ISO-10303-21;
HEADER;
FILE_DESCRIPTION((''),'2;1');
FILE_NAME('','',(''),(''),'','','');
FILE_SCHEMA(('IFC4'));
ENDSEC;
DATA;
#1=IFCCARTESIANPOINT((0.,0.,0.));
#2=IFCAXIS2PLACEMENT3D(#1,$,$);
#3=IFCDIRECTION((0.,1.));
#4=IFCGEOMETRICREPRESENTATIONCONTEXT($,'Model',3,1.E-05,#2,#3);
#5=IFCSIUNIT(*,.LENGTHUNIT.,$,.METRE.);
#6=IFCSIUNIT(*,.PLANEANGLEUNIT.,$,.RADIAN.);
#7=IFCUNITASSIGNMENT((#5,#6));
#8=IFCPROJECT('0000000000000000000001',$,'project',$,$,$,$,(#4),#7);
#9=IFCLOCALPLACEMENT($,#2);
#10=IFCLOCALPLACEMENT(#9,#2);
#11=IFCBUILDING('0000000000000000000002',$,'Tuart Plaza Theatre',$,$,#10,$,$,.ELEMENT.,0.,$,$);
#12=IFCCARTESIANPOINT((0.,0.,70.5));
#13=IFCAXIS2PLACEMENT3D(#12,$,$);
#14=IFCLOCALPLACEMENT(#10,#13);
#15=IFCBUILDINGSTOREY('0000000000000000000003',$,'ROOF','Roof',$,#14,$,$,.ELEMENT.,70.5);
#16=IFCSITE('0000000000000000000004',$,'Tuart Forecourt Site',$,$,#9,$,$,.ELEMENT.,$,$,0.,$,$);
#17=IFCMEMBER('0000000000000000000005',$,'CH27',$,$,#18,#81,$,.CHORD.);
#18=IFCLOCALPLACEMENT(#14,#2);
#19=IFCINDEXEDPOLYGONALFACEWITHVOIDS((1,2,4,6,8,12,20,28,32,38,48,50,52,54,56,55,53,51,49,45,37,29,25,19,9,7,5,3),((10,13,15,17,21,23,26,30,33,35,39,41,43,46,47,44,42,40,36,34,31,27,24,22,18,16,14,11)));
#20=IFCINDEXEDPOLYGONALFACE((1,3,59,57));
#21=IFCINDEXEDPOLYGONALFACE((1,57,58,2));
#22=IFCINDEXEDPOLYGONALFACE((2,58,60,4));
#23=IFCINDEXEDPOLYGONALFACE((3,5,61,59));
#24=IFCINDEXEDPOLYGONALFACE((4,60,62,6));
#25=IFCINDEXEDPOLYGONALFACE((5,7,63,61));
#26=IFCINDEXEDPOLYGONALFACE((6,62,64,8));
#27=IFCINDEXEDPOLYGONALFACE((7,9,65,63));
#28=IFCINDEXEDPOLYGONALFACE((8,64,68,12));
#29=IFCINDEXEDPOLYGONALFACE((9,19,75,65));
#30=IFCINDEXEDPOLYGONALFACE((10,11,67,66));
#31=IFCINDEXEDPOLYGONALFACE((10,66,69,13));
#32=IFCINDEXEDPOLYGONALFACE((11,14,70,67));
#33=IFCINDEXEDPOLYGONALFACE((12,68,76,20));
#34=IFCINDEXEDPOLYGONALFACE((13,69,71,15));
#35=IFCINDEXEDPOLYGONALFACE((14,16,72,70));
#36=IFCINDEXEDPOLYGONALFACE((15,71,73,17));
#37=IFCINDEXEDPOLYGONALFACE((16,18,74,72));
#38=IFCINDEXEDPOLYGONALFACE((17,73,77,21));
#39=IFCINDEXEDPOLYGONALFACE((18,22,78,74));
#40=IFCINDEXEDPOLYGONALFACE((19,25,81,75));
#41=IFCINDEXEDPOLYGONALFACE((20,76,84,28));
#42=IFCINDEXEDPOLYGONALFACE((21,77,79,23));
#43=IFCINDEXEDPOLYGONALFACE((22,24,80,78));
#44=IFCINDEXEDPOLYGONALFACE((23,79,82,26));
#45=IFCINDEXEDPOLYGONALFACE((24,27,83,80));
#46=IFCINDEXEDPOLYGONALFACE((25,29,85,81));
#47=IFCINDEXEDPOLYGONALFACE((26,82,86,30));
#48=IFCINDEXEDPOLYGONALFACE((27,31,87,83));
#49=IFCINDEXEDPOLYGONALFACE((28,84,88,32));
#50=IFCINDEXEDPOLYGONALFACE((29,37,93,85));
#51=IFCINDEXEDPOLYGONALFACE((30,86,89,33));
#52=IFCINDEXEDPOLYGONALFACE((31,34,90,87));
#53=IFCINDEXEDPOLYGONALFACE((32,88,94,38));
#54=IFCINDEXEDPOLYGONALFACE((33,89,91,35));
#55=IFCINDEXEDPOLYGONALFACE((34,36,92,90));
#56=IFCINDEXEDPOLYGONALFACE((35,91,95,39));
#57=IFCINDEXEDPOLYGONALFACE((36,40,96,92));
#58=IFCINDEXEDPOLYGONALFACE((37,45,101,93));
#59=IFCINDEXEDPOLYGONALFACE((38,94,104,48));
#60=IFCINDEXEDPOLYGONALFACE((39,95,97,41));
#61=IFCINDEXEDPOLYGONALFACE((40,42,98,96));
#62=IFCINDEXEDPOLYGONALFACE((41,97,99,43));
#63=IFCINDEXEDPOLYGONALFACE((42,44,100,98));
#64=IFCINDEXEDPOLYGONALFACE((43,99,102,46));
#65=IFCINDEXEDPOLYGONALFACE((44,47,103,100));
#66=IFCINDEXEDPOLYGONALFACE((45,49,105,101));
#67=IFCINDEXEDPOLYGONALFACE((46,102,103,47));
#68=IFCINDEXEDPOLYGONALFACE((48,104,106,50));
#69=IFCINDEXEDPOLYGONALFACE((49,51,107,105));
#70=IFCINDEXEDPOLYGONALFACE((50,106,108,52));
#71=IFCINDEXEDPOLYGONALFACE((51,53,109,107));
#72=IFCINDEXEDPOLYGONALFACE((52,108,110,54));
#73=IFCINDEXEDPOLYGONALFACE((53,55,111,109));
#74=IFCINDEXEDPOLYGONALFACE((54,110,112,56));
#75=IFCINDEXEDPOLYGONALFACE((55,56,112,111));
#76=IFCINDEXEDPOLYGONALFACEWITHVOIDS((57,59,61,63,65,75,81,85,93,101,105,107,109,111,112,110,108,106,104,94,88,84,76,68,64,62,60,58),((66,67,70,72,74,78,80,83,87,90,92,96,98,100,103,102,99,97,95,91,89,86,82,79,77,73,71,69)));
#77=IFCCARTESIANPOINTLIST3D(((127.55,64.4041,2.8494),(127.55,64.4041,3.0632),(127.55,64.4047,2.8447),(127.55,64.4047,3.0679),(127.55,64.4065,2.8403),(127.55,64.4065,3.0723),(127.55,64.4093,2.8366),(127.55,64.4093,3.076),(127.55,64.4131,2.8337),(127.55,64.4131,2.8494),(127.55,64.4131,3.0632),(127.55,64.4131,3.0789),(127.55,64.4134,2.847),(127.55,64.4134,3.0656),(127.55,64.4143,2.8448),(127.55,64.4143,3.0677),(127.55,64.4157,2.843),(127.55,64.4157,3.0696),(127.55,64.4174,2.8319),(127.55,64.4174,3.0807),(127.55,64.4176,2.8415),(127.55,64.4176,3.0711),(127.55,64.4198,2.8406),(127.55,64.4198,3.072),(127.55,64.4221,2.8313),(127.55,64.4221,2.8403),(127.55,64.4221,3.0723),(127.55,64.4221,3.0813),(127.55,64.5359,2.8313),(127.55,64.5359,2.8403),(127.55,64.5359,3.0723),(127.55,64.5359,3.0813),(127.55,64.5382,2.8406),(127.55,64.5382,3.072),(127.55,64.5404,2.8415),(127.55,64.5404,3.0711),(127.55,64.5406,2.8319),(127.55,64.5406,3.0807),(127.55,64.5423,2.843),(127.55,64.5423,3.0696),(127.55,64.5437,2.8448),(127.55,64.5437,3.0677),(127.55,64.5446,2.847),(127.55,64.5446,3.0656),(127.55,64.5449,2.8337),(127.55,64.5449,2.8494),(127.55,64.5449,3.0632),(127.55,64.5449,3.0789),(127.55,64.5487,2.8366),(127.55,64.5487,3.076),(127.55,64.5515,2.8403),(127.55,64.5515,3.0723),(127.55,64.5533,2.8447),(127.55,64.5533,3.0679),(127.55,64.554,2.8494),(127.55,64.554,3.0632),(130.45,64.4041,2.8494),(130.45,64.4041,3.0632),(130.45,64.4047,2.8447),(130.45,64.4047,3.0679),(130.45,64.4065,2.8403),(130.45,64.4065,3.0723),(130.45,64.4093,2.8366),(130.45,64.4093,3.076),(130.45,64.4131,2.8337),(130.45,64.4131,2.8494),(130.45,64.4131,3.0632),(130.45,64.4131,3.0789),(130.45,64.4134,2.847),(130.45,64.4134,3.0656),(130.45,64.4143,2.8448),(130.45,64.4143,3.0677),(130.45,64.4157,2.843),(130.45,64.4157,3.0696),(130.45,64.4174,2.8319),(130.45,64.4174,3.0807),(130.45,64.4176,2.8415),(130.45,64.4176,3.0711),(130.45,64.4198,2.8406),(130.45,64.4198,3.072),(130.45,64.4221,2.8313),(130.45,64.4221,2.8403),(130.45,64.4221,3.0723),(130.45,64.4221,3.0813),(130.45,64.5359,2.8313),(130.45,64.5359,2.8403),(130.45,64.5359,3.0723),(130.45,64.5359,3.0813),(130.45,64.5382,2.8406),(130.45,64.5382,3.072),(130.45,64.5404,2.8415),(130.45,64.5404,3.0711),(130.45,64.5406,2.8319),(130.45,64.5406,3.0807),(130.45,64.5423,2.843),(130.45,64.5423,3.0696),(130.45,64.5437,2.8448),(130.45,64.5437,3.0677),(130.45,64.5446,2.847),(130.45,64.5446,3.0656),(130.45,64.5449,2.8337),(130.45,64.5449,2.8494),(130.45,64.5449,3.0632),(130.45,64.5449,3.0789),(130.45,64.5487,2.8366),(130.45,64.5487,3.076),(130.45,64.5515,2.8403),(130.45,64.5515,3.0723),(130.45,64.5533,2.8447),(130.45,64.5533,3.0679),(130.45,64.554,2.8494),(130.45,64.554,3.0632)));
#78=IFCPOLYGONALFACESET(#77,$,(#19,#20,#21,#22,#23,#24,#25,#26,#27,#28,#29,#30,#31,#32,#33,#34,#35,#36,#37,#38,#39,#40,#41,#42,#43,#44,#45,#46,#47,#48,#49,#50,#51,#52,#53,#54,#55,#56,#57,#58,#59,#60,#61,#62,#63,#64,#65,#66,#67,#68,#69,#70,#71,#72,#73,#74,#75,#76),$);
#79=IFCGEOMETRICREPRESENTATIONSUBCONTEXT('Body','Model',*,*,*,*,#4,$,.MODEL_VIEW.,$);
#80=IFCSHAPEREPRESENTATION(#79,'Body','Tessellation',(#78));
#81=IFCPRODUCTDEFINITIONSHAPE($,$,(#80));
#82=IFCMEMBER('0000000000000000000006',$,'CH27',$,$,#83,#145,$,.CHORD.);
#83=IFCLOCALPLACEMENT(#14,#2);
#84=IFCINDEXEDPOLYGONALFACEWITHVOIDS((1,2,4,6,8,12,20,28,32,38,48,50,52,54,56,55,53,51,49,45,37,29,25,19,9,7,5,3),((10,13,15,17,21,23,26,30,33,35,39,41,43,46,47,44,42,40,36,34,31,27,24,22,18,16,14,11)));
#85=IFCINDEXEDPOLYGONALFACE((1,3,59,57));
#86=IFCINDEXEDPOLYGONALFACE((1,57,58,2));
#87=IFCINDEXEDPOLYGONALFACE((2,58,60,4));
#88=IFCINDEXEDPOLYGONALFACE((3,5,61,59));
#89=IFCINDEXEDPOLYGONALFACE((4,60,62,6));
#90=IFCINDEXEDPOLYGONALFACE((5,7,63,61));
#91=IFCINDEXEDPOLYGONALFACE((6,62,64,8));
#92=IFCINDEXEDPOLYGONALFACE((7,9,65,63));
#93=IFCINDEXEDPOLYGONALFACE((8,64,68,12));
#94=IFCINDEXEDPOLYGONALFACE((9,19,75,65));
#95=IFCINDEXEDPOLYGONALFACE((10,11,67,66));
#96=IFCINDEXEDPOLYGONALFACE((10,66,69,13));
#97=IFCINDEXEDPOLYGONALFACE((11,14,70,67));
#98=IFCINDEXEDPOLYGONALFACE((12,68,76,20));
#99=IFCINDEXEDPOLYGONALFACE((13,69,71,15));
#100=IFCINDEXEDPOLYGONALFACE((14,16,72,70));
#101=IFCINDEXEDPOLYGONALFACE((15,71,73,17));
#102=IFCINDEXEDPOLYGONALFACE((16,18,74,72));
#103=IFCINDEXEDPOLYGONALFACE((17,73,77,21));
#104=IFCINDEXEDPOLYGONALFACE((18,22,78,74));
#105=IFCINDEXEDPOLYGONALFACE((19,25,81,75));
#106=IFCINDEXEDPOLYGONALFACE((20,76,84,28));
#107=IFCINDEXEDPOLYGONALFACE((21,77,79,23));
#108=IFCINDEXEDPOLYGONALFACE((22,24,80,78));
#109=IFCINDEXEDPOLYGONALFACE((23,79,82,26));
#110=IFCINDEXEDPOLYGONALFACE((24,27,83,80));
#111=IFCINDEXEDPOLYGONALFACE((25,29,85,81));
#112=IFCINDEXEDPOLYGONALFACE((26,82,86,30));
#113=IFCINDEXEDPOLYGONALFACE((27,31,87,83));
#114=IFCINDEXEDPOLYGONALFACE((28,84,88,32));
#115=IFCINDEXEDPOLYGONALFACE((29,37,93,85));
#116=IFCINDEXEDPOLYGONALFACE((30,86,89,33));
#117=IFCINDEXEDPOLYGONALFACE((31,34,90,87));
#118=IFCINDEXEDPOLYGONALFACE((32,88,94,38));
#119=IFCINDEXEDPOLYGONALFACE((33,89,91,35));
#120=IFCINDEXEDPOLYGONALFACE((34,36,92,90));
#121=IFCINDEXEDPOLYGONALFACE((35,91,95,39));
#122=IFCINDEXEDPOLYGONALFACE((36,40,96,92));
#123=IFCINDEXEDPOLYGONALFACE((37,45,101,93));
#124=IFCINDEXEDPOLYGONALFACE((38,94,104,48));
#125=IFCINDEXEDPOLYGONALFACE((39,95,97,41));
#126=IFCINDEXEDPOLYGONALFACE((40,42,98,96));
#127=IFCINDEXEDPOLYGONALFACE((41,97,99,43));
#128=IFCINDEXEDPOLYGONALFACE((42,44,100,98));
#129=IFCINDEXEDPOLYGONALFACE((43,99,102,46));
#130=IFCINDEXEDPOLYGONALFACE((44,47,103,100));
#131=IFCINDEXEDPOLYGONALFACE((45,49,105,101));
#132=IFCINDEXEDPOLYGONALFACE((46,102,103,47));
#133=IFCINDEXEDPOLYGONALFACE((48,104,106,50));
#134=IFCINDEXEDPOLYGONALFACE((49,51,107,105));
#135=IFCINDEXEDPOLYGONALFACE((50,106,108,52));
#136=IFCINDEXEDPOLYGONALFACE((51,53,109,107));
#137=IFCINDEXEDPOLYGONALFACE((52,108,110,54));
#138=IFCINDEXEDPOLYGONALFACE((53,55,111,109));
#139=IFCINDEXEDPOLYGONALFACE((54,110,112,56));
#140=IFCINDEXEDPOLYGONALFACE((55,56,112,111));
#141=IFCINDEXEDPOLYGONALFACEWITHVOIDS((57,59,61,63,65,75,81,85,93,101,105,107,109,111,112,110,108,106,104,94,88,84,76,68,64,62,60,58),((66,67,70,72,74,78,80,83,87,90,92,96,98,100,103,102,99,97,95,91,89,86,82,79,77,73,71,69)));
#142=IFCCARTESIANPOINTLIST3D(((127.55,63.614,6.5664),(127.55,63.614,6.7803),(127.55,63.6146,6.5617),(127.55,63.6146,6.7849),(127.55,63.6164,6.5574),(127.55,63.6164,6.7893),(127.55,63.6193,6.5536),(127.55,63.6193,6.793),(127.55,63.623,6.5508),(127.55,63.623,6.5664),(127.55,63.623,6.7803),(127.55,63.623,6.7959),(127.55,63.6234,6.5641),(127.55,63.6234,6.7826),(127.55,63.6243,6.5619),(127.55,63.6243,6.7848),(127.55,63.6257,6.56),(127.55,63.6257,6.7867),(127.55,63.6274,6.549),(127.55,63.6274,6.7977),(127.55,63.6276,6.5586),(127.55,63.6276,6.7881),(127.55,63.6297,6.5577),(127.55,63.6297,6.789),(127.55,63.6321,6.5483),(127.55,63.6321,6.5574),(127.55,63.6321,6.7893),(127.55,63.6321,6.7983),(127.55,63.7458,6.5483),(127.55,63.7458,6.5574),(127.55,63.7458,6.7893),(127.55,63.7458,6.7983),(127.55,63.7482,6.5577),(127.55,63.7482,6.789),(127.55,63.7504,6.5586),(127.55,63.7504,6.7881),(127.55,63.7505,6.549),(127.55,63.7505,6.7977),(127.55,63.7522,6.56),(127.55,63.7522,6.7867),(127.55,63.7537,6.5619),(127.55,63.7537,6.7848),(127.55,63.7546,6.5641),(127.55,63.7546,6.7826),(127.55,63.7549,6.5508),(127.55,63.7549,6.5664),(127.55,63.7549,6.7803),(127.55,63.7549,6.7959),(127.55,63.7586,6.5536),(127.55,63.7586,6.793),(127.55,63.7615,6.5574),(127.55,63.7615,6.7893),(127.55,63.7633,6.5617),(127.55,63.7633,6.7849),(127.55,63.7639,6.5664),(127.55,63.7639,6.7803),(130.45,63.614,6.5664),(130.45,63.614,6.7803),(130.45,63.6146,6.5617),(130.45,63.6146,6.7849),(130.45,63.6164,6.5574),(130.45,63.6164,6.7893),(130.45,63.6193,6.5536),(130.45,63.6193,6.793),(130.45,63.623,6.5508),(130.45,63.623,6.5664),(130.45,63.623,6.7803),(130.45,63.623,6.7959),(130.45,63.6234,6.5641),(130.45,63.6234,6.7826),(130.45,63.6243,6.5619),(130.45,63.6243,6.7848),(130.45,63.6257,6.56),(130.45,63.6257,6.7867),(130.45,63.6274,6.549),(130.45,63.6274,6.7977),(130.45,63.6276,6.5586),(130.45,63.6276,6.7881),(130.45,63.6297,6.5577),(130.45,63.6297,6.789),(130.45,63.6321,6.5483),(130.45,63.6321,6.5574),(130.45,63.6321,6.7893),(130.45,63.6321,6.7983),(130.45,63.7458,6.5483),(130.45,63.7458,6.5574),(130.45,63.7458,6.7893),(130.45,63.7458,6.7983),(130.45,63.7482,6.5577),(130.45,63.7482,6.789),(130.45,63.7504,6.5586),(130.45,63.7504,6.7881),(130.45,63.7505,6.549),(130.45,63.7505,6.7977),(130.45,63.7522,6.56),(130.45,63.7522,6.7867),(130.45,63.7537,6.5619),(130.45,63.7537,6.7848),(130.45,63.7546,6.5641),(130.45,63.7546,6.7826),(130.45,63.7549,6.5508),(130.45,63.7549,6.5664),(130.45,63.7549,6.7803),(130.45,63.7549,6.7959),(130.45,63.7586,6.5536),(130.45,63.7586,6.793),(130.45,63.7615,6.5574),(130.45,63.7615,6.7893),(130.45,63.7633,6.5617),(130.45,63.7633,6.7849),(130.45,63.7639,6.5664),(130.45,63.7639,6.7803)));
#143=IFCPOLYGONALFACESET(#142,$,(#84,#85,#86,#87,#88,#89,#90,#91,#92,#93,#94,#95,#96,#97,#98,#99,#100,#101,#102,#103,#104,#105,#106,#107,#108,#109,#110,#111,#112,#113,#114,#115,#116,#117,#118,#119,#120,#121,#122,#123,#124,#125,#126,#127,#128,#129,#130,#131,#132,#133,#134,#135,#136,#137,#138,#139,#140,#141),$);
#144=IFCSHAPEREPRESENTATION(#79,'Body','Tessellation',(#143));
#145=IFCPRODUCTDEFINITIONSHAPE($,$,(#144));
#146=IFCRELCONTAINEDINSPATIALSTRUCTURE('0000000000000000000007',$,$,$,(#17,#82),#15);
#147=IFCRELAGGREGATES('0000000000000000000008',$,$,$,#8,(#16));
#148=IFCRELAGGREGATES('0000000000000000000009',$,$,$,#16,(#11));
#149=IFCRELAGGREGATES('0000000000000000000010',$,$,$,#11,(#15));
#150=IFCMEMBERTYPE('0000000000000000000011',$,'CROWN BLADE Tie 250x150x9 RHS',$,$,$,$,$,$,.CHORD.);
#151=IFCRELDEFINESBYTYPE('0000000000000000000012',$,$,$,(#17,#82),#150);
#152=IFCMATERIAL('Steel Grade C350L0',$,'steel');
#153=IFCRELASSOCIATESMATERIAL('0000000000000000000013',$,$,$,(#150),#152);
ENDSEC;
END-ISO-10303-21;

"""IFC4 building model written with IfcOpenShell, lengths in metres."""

from ifc_helpers import new_model, si_unit, direction, frame, origin, origin_2d, place, context, subcontext, project, spatial, hollow_rectangle, extrude, material, material_profile, profile_set, type_object, element, save


model = new_model("IFC4")

# Units and contexts
model_context = context("Model", 3, precision=1e-05, world=origin(), true_north=direction((0.0, 1.0)))
body_context = subcontext(model_context, "Body", "Model", "MODEL_VIEW")
ifc_project = project(units=[si_unit("LENGTHUNIT", "METRE"), si_unit("PLANEANGLEUNIT", "RADIAN")], contexts=[model_context])

# Site, building, storey
site_placement = place(None, origin())
site = spatial("IfcSite", under=ifc_project, at=site_placement, Name="Tuart Forecourt Site", CompositionType="ELEMENT", RefElevation=0.0)
building_placement = place(site_placement, origin())
building = spatial("IfcBuilding", under=site, at=building_placement, Name="Tuart Plaza Theatre", CompositionType="ELEMENT", ElevationOfRefHeight=0.0)
storey_placement = place(building_placement, frame((0.0, 0.0, 70.5)))
storey = spatial("IfcBuildingStorey", under=building, at=storey_placement, Name="ROOF", Description="Roof", CompositionType="ELEMENT", Elevation=70.5)

# Members
ifc_material_1 = material(Name="Steel Grade C350L0", Category="steel")
ifc_material_profile_1 = material_profile(ifc_material_1, hollow_rectangle(XDim=0.1499, YDim=0.25, WallThickness=0.009, InnerFilletRadius=0.009, OuterFilletRadius=0.0181, at=origin_2d()), Name="250x150x9 RHS")
ifc_profile_set_1 = profile_set([ifc_material_profile_1], Name="Steel Grade C350L0")
member_type_1 = type_object("IfcMemberType", Name="CROWN BLADE Tie 250x150x9 RHS", PredefinedType="CHORD", material=ifc_profile_set_1)
for number, where, z_axis, x_axis, name in (
    (1, (127.55, 64.479, 2.9563), (1.0, 0.0, 0.0), (0.0, 1.0, 0.0), "CH27"),
    (2, (127.55, 63.689, 6.6733), (1.0, 0.0, 0.0), (0.0, 1.0, 0.0), "CH27"),
):
    element("IfcMember", number, at=place(storey_placement, frame(where, z_axis=z_axis, x_axis=x_axis)), inside=storey, type_object=member_type_1, Name=name, PredefinedType="CHORD", context=body_context, shape_type="SweptSolid", body=[
        extrude(hollow_rectangle(XDim=0.1499, YDim=0.25, WallThickness=0.009, InnerFilletRadius=0.009, OuterFilletRadius=0.0181, at=origin_2d()), origin(), (0.0, 0.0, 1.0), 2.8999),
    ])

save(model, "model.ifc")
